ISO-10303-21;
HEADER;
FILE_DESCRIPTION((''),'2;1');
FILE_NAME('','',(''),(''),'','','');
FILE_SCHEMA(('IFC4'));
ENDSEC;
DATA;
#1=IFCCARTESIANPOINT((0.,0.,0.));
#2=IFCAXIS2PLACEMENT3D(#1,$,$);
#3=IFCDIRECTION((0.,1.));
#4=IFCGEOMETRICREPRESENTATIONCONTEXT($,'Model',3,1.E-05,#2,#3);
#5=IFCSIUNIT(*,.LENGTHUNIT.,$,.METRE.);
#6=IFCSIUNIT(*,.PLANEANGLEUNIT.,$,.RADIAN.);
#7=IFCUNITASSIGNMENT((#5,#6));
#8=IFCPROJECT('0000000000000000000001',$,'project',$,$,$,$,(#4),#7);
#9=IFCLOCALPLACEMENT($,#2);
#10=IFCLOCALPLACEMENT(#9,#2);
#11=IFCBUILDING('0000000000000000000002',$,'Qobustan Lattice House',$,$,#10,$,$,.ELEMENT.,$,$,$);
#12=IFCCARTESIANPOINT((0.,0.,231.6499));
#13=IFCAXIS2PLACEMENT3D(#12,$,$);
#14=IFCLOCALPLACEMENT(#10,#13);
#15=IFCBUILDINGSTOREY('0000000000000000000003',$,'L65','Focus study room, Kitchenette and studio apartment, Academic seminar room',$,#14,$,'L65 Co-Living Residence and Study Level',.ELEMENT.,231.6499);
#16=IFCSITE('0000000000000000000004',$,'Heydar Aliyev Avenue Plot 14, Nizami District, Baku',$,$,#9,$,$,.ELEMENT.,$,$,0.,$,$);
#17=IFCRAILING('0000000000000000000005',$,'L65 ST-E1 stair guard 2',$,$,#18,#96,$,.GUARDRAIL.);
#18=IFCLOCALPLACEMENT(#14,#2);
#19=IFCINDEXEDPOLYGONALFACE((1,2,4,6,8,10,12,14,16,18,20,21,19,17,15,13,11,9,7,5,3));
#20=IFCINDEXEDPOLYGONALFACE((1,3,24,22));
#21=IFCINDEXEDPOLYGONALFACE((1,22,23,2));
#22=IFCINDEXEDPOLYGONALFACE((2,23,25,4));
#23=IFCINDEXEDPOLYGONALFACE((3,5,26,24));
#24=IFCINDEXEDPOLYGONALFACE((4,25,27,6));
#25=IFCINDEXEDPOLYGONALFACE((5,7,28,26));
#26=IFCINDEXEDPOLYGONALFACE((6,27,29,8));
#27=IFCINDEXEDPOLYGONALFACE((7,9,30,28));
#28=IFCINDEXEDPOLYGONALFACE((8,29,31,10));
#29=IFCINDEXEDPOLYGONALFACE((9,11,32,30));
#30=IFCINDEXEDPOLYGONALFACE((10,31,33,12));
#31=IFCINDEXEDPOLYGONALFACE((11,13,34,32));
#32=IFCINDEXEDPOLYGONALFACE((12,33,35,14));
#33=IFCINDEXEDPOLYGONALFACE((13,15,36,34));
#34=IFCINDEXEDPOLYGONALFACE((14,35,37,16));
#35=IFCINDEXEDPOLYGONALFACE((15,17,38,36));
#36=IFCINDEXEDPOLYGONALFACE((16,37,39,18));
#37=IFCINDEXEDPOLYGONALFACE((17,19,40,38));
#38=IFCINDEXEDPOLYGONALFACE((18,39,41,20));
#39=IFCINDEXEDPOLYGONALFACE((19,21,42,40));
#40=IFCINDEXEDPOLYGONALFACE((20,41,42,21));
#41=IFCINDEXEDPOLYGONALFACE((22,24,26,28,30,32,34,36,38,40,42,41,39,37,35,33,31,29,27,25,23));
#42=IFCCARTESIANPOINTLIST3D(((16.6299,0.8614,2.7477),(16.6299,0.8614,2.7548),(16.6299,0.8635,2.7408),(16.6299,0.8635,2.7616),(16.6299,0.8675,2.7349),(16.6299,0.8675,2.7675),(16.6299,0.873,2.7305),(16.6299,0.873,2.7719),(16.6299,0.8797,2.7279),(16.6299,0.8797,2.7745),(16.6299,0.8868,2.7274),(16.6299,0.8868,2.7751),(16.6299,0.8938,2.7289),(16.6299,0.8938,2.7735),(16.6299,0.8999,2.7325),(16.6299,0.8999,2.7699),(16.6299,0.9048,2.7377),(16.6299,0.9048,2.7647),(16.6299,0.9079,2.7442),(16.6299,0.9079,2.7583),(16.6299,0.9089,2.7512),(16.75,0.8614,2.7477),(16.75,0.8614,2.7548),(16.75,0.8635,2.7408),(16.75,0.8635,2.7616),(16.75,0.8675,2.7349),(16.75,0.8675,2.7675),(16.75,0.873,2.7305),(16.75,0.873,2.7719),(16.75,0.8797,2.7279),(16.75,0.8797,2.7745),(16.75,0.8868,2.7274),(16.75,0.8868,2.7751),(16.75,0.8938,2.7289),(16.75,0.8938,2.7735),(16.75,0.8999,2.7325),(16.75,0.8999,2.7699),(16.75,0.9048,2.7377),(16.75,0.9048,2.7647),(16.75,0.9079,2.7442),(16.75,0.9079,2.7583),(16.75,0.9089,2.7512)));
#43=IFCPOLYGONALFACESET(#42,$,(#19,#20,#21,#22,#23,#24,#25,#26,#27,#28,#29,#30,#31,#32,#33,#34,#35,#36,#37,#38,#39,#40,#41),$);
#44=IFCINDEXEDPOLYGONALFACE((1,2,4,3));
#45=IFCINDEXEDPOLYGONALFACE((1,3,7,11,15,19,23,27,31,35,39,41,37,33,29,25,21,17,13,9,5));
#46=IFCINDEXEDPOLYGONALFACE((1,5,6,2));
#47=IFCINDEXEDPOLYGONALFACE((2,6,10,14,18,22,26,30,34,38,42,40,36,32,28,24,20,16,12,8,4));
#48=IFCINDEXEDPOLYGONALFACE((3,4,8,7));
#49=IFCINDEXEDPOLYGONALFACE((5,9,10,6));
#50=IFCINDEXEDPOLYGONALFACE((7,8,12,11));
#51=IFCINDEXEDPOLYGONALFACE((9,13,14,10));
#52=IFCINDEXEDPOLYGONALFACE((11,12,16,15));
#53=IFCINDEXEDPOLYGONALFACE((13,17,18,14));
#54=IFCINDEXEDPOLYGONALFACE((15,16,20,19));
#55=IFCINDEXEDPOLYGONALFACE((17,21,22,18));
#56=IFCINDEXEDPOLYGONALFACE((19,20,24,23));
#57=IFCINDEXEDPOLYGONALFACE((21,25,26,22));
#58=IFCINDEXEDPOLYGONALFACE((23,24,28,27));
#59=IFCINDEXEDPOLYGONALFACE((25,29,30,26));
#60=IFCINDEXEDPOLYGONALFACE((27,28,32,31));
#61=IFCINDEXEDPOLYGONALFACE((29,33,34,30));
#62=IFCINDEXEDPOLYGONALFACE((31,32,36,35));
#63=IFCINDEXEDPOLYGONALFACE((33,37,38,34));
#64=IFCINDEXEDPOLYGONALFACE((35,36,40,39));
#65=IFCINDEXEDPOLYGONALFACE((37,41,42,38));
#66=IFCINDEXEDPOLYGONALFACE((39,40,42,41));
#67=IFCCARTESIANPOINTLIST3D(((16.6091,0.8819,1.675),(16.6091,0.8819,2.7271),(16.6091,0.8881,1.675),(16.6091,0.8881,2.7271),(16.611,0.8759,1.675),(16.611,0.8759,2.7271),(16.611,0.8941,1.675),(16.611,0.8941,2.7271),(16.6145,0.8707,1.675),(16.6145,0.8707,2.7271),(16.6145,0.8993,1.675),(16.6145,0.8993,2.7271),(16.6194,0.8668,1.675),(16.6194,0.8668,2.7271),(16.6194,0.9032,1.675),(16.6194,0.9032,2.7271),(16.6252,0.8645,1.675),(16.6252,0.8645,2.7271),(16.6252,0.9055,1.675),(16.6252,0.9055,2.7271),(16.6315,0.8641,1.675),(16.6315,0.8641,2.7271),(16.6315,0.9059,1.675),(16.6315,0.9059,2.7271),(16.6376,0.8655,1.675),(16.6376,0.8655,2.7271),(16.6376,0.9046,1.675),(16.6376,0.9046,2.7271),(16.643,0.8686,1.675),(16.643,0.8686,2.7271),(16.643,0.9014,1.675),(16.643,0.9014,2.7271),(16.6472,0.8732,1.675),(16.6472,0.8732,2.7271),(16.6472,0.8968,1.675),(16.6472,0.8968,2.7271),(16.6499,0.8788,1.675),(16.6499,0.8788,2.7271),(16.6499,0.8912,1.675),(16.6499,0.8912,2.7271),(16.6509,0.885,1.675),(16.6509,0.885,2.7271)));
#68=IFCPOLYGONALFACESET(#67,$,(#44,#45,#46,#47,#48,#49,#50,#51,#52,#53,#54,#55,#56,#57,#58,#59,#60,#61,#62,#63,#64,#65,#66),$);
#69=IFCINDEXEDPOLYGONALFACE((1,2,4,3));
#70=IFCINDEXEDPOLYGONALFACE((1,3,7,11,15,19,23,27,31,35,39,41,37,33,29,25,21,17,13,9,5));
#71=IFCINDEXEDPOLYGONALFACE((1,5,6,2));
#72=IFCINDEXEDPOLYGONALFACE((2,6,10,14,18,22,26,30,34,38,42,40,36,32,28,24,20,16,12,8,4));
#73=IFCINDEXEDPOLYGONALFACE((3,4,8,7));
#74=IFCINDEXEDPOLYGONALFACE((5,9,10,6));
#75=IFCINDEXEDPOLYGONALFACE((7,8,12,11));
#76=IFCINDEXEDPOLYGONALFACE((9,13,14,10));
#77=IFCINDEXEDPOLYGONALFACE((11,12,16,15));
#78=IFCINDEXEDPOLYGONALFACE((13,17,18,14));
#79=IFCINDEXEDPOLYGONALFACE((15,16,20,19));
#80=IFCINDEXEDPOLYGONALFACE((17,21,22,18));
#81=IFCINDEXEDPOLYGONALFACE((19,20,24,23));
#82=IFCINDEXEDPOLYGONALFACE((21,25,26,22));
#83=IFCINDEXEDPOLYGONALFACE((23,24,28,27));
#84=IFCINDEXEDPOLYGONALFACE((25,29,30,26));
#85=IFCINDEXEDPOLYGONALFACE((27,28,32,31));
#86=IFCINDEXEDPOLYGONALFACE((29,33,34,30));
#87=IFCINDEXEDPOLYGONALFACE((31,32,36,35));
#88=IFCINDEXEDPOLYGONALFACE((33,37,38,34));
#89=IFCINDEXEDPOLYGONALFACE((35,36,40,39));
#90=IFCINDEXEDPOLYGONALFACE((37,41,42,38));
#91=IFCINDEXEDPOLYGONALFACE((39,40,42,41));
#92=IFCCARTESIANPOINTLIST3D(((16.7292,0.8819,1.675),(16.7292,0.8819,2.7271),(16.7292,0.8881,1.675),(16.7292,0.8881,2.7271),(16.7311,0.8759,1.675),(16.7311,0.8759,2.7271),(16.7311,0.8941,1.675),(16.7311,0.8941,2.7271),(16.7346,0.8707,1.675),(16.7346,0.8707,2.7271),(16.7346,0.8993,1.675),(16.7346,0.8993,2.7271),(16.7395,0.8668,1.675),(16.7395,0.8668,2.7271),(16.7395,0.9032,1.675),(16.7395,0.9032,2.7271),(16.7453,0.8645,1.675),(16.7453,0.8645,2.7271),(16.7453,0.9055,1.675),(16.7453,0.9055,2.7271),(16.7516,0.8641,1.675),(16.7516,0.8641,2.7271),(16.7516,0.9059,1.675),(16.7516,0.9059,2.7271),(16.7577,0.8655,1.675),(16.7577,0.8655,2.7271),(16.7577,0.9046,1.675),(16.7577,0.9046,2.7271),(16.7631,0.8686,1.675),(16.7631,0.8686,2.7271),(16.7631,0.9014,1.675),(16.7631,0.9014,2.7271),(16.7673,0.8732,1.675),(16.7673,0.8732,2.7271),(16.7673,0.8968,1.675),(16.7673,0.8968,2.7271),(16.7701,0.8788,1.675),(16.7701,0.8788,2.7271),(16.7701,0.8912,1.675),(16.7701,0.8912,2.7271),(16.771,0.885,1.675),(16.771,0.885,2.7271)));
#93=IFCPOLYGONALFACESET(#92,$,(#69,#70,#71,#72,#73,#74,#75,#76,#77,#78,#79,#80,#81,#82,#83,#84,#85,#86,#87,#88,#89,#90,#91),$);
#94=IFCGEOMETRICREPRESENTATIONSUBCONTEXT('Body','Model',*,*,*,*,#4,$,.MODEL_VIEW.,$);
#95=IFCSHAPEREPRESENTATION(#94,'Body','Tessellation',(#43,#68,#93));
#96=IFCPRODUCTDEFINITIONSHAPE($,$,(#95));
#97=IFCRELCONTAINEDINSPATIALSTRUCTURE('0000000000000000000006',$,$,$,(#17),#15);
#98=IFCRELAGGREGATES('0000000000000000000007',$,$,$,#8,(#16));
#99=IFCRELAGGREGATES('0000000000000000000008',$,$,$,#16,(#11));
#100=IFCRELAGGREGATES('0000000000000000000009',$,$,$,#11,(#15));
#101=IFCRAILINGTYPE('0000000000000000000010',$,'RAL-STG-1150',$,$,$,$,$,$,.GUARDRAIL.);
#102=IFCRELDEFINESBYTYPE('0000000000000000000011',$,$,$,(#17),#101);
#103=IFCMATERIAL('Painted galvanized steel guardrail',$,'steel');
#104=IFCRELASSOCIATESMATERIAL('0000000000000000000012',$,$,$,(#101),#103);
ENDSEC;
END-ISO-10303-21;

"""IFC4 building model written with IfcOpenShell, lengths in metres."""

from ifc_helpers import new_model, si_unit, direction, frame, origin, origin_2d, place, context, subcontext, project, spatial, circle, extrude, material, type_object, element, save


model = new_model("IFC4")

# Units and contexts
model_context = context("Model", 3, precision=1e-05, world=origin(), true_north=direction((0.0, 1.0)))
body_context = subcontext(model_context, "Body", "Model", "MODEL_VIEW")
ifc_project = project(units=[si_unit("LENGTHUNIT", "METRE"), si_unit("PLANEANGLEUNIT", "RADIAN")], contexts=[model_context])

# Site, building, storey
site_placement = place(None, origin())
site = spatial("IfcSite", under=ifc_project, at=site_placement, Name="Heydar Aliyev Avenue Plot 14, Nizami District, Baku", CompositionType="ELEMENT", RefElevation=0.0)
building_placement = place(site_placement, origin())
building = spatial("IfcBuilding", under=site, at=building_placement, Name="Qobustan Lattice House", CompositionType="ELEMENT")
storey_placement = place(building_placement, frame((0.0, 0.0, 231.6499)))
storey = spatial("IfcBuildingStorey", under=building, at=storey_placement, Name="L65", Description="Focus study room, Kitchenette and studio apartment, Academic seminar room", LongName="L65 Co-Living Residence and Study Level", CompositionType="ELEMENT", Elevation=231.6499)

# Railing
ifc_material_1 = material(Name="Painted galvanized steel guardrail", Category="steel")
railing_type_1 = type_object("IfcRailingType", Name="RAL-STG-1150", PredefinedType="GUARDRAIL", material=ifc_material_1)
railing_1_placement = place(storey_placement, frame((16.6299, 0.885, 1.675)))
element("IfcRailing", 1, at=railing_1_placement, inside=storey, type_object=railing_type_1, Name="L65 ST-E1 stair guard 2", PredefinedType="GUARDRAIL", context=body_context, shape_type="SweptSolid", body=[
    extrude(circle(Radius=0.0239, at=origin_2d()), frame((0.0, 0.0, 1.0762), z_axis=(1.0, 0.0, 0.0), x_axis=(0.0, 1.0, 0.0)), (0.0, 0.0, 1.0), 0.1201),
    extrude(circle(Radius=0.021, at=origin_2d()), origin(), (0.0, 0.0, 1.0), 1.052),
    extrude(circle(Radius=0.021, at=origin_2d()), frame((0.1201, 0.0, 0.0)), (0.0, 0.0, 1.0), 1.052),
])

save(model, "model.ifc")
